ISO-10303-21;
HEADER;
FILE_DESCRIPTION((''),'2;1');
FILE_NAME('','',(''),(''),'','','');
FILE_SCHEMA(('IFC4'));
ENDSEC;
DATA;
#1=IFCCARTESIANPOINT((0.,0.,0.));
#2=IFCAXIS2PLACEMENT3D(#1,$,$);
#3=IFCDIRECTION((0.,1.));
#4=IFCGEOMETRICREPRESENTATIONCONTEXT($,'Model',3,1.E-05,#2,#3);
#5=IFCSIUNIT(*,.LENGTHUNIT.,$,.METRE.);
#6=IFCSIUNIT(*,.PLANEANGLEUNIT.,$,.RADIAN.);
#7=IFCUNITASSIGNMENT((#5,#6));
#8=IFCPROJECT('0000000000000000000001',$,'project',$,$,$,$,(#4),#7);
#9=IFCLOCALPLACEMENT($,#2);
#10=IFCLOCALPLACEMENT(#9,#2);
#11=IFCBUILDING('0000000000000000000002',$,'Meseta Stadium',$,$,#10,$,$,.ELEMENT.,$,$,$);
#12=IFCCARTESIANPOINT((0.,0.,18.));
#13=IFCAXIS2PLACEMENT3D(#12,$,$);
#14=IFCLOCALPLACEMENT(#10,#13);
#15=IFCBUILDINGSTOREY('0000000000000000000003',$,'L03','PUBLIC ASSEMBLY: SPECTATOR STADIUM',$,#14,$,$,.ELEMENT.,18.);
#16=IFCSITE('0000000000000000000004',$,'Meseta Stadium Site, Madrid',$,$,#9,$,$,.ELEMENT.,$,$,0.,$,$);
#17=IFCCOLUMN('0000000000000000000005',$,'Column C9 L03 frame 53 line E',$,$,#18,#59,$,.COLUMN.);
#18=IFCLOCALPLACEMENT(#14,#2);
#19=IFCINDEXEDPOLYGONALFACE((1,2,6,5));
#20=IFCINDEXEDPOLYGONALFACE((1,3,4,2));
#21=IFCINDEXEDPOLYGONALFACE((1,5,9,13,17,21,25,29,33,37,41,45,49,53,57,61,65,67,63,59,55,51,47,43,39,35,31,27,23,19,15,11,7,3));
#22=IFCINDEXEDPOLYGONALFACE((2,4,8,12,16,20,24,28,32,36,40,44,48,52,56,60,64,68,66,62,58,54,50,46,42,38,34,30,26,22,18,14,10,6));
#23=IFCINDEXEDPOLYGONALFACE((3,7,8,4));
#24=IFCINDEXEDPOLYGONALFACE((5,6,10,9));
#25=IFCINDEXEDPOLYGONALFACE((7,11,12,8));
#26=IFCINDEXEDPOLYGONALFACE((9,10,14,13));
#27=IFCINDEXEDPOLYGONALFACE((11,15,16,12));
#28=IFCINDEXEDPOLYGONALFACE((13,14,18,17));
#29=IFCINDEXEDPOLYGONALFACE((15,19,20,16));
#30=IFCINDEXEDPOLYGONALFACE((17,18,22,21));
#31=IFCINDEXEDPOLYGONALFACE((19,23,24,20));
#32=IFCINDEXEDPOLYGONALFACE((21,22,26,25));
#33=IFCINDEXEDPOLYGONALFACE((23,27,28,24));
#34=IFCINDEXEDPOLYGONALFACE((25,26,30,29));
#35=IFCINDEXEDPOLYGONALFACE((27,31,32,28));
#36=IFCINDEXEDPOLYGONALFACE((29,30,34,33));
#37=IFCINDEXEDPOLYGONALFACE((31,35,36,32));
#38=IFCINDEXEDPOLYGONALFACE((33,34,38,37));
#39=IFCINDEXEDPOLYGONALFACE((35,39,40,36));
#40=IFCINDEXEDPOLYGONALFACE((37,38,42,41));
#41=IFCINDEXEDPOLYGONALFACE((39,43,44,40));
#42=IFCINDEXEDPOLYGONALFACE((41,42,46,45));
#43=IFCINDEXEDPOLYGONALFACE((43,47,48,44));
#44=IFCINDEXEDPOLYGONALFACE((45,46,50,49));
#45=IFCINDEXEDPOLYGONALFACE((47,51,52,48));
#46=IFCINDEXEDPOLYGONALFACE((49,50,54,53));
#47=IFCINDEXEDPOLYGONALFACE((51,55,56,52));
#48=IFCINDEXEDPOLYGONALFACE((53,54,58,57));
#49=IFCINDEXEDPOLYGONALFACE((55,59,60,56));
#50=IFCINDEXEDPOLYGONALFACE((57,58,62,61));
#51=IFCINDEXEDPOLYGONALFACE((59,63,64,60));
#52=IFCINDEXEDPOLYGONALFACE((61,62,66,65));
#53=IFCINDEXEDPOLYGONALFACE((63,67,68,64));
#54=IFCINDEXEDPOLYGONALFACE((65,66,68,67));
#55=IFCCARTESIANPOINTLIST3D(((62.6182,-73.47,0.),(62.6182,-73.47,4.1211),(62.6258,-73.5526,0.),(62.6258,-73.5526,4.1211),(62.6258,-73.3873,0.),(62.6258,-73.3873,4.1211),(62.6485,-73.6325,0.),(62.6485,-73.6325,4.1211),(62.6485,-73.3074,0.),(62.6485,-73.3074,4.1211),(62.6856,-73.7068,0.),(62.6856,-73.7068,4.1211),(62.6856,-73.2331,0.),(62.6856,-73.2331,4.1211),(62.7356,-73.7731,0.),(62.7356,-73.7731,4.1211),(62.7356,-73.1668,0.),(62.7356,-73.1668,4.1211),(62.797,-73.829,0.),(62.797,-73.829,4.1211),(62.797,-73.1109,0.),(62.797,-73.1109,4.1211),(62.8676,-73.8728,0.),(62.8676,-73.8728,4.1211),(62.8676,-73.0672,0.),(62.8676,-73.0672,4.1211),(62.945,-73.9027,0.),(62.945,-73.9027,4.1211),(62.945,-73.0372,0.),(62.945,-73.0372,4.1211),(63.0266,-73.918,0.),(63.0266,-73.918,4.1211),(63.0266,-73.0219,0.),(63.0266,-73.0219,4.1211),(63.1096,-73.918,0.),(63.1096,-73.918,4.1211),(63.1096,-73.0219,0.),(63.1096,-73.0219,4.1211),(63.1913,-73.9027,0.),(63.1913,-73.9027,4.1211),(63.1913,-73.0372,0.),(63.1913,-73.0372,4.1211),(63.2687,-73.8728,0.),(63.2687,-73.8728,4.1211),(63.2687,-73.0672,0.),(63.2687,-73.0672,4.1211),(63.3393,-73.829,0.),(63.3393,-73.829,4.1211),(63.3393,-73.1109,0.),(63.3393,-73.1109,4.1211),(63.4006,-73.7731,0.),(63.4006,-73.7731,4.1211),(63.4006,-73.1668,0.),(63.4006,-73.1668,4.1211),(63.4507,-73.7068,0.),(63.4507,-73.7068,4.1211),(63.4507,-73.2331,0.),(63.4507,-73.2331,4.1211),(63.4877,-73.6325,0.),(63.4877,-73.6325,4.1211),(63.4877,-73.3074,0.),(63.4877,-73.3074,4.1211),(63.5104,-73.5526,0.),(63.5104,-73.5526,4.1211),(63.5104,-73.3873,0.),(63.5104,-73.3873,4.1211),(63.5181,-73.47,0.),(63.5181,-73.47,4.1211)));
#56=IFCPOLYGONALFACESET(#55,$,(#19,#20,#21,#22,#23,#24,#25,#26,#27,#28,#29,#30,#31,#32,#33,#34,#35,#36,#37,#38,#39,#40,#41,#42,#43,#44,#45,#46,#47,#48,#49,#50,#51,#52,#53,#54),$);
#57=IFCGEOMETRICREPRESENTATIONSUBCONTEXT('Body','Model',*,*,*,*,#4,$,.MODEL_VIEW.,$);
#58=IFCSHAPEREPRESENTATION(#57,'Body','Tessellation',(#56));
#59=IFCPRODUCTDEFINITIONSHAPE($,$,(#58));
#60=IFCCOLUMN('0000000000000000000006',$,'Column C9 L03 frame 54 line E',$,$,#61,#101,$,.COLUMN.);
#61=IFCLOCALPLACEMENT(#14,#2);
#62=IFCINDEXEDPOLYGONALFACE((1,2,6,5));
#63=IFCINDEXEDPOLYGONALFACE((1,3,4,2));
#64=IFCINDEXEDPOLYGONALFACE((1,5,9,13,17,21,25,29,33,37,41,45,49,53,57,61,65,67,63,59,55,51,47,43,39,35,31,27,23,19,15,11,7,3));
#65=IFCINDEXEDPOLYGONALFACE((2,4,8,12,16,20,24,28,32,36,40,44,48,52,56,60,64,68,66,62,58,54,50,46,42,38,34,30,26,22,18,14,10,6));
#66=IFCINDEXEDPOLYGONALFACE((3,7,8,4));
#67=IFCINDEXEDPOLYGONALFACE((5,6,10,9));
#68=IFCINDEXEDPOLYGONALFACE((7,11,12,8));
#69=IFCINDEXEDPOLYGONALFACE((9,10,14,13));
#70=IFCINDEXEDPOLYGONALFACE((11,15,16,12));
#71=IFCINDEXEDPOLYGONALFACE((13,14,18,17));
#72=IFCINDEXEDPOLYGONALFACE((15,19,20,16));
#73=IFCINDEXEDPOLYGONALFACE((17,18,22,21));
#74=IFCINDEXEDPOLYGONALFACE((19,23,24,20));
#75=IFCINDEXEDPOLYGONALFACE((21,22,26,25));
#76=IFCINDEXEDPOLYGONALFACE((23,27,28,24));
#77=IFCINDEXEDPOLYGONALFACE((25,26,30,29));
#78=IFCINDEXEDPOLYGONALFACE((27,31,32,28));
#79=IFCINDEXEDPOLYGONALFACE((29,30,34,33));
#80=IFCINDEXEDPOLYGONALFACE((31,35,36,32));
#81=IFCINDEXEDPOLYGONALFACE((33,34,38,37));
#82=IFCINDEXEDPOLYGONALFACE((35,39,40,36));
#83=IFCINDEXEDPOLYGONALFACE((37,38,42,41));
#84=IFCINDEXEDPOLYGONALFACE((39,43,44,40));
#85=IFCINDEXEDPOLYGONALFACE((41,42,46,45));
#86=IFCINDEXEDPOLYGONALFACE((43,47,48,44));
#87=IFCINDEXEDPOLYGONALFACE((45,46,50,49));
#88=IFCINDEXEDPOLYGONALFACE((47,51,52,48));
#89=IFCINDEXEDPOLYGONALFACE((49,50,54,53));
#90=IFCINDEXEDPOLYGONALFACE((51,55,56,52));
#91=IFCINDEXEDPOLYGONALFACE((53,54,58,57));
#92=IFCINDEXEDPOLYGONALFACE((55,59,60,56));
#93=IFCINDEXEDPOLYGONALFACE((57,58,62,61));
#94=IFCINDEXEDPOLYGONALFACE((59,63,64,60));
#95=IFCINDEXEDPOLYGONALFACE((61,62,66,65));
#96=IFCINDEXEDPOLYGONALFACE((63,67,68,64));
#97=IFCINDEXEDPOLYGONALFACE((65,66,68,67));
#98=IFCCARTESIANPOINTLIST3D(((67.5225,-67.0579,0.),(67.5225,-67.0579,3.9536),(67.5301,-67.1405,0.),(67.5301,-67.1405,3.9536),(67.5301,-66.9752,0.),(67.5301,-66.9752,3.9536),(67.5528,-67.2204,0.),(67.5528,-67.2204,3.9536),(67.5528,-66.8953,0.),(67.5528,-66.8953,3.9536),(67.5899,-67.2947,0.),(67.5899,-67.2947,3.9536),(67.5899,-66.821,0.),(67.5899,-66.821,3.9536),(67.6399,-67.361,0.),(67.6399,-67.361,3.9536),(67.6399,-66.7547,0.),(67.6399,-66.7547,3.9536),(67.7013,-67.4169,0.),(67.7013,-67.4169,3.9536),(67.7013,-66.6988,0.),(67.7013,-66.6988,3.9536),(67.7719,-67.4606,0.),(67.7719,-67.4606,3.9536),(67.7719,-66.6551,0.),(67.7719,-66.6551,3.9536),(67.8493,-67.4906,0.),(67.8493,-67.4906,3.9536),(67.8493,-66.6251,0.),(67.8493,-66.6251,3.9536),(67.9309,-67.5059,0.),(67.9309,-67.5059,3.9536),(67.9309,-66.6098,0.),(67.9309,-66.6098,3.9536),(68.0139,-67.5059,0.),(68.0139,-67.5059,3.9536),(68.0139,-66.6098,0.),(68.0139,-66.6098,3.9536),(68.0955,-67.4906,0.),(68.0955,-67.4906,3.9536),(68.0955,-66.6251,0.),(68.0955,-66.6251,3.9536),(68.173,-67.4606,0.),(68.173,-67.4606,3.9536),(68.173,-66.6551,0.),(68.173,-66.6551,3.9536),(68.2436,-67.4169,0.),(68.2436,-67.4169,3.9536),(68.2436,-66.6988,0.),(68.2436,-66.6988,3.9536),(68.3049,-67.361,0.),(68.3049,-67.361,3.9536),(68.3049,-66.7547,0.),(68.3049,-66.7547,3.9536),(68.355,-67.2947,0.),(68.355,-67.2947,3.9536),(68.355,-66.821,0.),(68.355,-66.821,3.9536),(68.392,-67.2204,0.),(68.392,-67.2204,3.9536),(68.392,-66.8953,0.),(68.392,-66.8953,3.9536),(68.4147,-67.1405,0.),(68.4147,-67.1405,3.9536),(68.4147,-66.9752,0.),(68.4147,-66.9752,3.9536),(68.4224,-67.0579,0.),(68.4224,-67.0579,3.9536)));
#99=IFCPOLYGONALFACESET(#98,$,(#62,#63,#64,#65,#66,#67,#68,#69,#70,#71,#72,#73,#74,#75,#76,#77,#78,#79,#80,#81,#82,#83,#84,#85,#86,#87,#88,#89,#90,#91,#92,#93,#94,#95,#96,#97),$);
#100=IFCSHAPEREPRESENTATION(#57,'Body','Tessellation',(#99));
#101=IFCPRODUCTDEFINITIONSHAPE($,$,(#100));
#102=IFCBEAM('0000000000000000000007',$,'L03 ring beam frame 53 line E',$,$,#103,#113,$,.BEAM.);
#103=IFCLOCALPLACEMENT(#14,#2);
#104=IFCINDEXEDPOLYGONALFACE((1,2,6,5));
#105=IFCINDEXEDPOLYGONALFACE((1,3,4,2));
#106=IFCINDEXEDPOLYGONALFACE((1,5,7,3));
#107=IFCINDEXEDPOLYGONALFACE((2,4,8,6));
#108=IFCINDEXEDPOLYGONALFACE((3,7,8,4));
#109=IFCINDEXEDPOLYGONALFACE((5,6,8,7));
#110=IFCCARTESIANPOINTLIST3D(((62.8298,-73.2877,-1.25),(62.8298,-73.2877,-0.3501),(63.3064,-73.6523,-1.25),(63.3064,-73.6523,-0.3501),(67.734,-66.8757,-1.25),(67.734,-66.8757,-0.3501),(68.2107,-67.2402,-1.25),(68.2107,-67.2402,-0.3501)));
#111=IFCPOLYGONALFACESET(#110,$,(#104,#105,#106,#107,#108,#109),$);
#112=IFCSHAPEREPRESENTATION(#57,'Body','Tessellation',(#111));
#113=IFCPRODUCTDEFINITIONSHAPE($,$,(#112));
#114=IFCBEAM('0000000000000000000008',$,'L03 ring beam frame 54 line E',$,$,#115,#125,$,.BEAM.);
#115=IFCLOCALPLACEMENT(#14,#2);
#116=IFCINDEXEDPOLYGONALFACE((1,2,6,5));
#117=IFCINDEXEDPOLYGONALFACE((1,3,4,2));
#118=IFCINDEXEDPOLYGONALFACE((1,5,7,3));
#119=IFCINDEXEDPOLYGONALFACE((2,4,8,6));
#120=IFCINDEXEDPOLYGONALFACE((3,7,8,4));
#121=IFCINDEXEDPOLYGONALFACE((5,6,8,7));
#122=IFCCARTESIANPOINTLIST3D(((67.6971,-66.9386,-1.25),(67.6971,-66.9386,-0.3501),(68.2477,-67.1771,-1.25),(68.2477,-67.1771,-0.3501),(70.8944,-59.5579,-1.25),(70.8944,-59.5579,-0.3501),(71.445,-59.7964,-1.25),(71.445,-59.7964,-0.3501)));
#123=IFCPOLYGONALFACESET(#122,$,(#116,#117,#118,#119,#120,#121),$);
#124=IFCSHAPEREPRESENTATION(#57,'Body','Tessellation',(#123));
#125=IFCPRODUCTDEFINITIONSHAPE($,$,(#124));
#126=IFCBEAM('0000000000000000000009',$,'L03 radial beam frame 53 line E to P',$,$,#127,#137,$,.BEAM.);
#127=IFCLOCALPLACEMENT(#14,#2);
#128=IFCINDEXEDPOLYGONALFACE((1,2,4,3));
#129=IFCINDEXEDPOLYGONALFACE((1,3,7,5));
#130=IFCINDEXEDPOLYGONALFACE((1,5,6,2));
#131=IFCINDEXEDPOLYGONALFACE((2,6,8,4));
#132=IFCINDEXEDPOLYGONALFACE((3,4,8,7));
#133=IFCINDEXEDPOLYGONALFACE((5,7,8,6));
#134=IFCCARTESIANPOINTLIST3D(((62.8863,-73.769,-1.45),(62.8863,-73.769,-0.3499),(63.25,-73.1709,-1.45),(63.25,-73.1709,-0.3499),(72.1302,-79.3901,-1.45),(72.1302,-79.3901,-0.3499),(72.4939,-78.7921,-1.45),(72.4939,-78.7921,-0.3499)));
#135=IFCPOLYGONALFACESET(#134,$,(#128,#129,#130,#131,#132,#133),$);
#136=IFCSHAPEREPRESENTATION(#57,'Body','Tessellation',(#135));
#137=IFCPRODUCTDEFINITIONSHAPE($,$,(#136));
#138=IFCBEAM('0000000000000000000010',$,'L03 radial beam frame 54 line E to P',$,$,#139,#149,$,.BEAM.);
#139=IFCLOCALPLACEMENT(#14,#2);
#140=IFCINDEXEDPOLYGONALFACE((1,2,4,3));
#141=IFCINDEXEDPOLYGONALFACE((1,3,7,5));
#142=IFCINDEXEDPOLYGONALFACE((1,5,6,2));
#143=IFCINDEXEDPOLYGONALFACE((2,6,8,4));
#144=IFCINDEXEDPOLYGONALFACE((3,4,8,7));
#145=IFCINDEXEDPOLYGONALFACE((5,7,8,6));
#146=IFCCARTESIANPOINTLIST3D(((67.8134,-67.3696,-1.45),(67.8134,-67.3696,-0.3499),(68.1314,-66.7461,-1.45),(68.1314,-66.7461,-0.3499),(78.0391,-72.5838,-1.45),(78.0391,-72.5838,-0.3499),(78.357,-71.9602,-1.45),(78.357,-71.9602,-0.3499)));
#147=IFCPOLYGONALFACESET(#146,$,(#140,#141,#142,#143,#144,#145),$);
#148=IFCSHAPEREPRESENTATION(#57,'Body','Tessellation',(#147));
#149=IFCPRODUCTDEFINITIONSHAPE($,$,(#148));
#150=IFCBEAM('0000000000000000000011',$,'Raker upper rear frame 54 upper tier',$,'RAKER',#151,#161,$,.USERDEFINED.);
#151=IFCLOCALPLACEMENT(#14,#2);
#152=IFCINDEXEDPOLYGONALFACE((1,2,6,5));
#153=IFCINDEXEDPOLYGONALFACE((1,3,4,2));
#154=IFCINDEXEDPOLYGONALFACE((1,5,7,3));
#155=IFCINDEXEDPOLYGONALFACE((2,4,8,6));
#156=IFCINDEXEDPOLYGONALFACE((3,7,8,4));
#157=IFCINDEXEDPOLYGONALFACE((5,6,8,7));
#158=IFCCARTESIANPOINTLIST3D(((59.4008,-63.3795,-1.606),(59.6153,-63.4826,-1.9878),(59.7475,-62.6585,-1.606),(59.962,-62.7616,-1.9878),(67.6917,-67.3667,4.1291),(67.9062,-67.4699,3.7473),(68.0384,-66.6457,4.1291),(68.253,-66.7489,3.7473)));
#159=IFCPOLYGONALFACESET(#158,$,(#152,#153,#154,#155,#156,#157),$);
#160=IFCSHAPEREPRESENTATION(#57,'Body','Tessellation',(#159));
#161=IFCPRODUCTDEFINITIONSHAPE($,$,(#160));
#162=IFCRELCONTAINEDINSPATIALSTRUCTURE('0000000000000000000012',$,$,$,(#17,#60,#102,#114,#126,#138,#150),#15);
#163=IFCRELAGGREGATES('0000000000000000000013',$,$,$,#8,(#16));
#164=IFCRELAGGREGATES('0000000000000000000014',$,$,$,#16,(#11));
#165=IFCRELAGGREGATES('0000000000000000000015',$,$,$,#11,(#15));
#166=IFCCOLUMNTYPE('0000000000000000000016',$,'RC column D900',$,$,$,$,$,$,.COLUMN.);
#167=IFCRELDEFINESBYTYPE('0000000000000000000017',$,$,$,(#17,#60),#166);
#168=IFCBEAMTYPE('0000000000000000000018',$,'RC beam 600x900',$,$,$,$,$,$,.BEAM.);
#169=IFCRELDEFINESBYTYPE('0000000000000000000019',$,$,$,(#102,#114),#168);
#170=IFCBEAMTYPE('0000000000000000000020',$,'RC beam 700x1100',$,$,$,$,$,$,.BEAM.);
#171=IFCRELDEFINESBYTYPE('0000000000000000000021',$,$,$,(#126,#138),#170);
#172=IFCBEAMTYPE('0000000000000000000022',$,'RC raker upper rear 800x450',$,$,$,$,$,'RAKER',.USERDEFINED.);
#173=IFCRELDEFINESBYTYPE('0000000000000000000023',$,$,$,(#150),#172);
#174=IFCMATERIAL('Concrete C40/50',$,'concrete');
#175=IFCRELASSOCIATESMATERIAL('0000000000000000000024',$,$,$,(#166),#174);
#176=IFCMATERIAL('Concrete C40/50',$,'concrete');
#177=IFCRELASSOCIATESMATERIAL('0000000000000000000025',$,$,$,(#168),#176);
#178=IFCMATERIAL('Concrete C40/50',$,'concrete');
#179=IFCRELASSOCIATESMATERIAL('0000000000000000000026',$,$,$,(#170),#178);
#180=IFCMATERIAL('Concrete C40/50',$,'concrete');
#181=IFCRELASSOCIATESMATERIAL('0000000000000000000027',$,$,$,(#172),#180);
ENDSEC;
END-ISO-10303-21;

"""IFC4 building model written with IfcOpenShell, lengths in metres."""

from ifc_helpers import new_model, si_unit, direction, frame, origin, origin_2d, place, context, subcontext, project, spatial, rectangle, circle, extrude, material, material_profile, profile_set, type_object, element, save


model = new_model("IFC4")

# Units and contexts
model_context = context("Model", 3, precision=1e-05, world=origin(), true_north=direction((0.0, 1.0)))
body_context = subcontext(model_context, "Body", "Model", "MODEL_VIEW")
ifc_project = project(units=[si_unit("LENGTHUNIT", "METRE"), si_unit("PLANEANGLEUNIT", "RADIAN")], contexts=[model_context])

# Site, building, storey
site_placement = place(None, origin())
site = spatial("IfcSite", under=ifc_project, at=site_placement, Name="Meseta Stadium Site, Madrid", CompositionType="ELEMENT", RefElevation=0.0)
building_placement = place(site_placement, origin())
building = spatial("IfcBuilding", under=site, at=building_placement, Name="Meseta Stadium", CompositionType="ELEMENT")
storey_placement = place(building_placement, frame((0.0, 0.0, 18.0)))
storey = spatial("IfcBuildingStorey", under=building, at=storey_placement, Name="L03", Description="PUBLIC ASSEMBLY: SPECTATOR STADIUM", CompositionType="ELEMENT", Elevation=18.0)

# Columns
ifc_material_1 = material(Name="Concrete C40/50", Category="concrete")
ifc_material_profile_1 = material_profile(ifc_material_1, circle(Radius=0.45, at=origin_2d()), Name="RC D900")
ifc_profile_set_1 = profile_set([ifc_material_profile_1], Name="Concrete C40/50")
column_type = type_object("IfcColumnType", Name="RC column D900", PredefinedType="COLUMN", material=ifc_profile_set_1)
column_1_placement = place(storey_placement, frame((63.0681, -73.47, 0.0), z_axis=(0.0, 0.0, 1.0), x_axis=(1.0, 0.0, 0.0)))
element("IfcColumn", 1, at=column_1_placement, inside=storey, type_object=column_type, Name="Column C9 L03 frame 53 line E", PredefinedType="COLUMN", context=body_context, shape_type="SweptSolid", body=[
    extrude(circle(Radius=0.45, at=origin_2d()), origin(), (0.0, 0.0, 1.0), 4.1211),
])
column_2_placement = place(storey_placement, frame((67.9724, -67.0579, 0.0), z_axis=(0.0, 0.0, 1.0), x_axis=(1.0, 0.0, 0.0)))
element("IfcColumn", 2, at=column_2_placement, inside=storey, type_object=column_type, Name="Column C9 L03 frame 54 line E", PredefinedType="COLUMN", context=body_context, shape_type="SweptSolid", body=[
    extrude(circle(Radius=0.45, at=origin_2d()), origin(), (0.0, 0.0, 1.0), 3.9536),
])

# Beams
ifc_material_2 = material(Name="Concrete C40/50", Category="concrete")
ifc_material_profile_2 = material_profile(ifc_material_2, rectangle(XDim=0.6001, YDim=0.8999, at=origin_2d()), Name="RC 600x900")
ifc_profile_set_2 = profile_set([ifc_material_profile_2], Name="Concrete C40/50")
beam_type_1 = type_object("IfcBeamType", Name="RC beam 600x900", PredefinedType="BEAM", material=ifc_profile_set_2)
beam_1_placement = place(storey_placement, frame((63.0681, -73.47, -0.8), z_axis=(0.607522, 0.794303, 0.0), x_axis=(-0.794303, 0.607522, 0.0)))
element("IfcBeam", 3, at=beam_1_placement, inside=storey, type_object=beam_type_1, Name="L03 ring beam frame 53 line E", PredefinedType="BEAM", context=body_context, shape_type="SweptSolid", body=[
    extrude(rectangle(XDim=0.6001, YDim=0.8999, at=origin_2d()), origin(), (0.0, 0.0, 1.0), 8.0725),
])
beam_2_placement = place(storey_placement, frame((67.9724, -67.0579, -0.8), z_axis=(0.397503, 0.917601, 0.0), x_axis=(-0.917601, 0.397503, 0.0)))
element("IfcBeam", 4, at=beam_2_placement, inside=storey, type_object=beam_type_1, Name="L03 ring beam frame 54 line E", PredefinedType="BEAM", context=body_context, shape_type="SweptSolid", body=[
    extrude(rectangle(XDim=0.6001, YDim=0.8999, at=origin_2d()), origin(), (0.0, 0.0, 1.0), 8.0435),
])
ifc_material_3 = material(Name="Concrete C40/50", Category="concrete")
ifc_material_profile_3 = material_profile(ifc_material_3, rectangle(XDim=0.7, YDim=1.1001, at=origin_2d()), Name="RC 700x1100")
ifc_profile_set_3 = profile_set([ifc_material_profile_3], Name="Concrete C40/50")
beam_type_2 = type_object("IfcBeamType", Name="RC beam 700x1100", PredefinedType="BEAM", material=ifc_profile_set_3)
beam_3_placement = place(storey_placement, frame((63.0681, -73.47, -0.8999), z_axis=(0.854429, -0.519567, 0.0), x_axis=(0.519567, 0.854429, 0.0)))
element("IfcBeam", 5, at=beam_3_placement, inside=storey, type_object=beam_type_2, Name="L03 radial beam frame 53 line E to P", PredefinedType="BEAM", context=body_context, shape_type="SweptSolid", body=[
    extrude(rectangle(XDim=0.7, YDim=1.1001, at=origin_2d()), origin(), (0.0, 0.0, 1.0), 10.8188),
])
beam_4_placement = place(storey_placement, frame((67.9724, -67.0579, -0.8999), z_axis=(0.890869, -0.454261, 0.0), x_axis=(0.454261, 0.890869, 0.0)))
element("IfcBeam", 6, at=beam_4_placement, inside=storey, type_object=beam_type_2, Name="L03 radial beam frame 54 line E to P", PredefinedType="BEAM", context=body_context, shape_type="SweptSolid", body=[
    extrude(rectangle(XDim=0.7, YDim=1.1001, at=origin_2d()), origin(), (0.0, 0.0, 1.0), 11.4783),
])
ifc_material_4 = material(Name="Concrete C40/50", Category="concrete")
ifc_material_profile_4 = material_profile(ifc_material_4, rectangle(XDim=0.8, YDim=0.45, at=origin_2d()), Name="RC 800x450")
ifc_profile_set_4 = profile_set([ifc_material_profile_4], Name="Concrete C40/50")
beam_type_3 = type_object("IfcBeamType", Name="RC raker upper rear 800x450", ElementType="RAKER", PredefinedType="USERDEFINED", material=ifc_profile_set_4)
beam_5_placement = place(storey_placement, frame((59.6814, -63.0706, -1.7969), z_axis=(0.764771, -0.367793, 0.529012), x_axis=(0.433404, 0.9012, 0.0)))
element("IfcBeam", 7, at=beam_5_placement, inside=storey, type_object=beam_type_3, Name="Raker upper rear frame 54 upper tier", ObjectType="RAKER", PredefinedType="USERDEFINED", context=body_context, shape_type="SweptSolid", body=[
    extrude(rectangle(XDim=0.8, YDim=0.45, at=origin_2d()), origin(), (0.0, 0.0, 1.0), 10.8411),
])

save(model, "model.ifc")
